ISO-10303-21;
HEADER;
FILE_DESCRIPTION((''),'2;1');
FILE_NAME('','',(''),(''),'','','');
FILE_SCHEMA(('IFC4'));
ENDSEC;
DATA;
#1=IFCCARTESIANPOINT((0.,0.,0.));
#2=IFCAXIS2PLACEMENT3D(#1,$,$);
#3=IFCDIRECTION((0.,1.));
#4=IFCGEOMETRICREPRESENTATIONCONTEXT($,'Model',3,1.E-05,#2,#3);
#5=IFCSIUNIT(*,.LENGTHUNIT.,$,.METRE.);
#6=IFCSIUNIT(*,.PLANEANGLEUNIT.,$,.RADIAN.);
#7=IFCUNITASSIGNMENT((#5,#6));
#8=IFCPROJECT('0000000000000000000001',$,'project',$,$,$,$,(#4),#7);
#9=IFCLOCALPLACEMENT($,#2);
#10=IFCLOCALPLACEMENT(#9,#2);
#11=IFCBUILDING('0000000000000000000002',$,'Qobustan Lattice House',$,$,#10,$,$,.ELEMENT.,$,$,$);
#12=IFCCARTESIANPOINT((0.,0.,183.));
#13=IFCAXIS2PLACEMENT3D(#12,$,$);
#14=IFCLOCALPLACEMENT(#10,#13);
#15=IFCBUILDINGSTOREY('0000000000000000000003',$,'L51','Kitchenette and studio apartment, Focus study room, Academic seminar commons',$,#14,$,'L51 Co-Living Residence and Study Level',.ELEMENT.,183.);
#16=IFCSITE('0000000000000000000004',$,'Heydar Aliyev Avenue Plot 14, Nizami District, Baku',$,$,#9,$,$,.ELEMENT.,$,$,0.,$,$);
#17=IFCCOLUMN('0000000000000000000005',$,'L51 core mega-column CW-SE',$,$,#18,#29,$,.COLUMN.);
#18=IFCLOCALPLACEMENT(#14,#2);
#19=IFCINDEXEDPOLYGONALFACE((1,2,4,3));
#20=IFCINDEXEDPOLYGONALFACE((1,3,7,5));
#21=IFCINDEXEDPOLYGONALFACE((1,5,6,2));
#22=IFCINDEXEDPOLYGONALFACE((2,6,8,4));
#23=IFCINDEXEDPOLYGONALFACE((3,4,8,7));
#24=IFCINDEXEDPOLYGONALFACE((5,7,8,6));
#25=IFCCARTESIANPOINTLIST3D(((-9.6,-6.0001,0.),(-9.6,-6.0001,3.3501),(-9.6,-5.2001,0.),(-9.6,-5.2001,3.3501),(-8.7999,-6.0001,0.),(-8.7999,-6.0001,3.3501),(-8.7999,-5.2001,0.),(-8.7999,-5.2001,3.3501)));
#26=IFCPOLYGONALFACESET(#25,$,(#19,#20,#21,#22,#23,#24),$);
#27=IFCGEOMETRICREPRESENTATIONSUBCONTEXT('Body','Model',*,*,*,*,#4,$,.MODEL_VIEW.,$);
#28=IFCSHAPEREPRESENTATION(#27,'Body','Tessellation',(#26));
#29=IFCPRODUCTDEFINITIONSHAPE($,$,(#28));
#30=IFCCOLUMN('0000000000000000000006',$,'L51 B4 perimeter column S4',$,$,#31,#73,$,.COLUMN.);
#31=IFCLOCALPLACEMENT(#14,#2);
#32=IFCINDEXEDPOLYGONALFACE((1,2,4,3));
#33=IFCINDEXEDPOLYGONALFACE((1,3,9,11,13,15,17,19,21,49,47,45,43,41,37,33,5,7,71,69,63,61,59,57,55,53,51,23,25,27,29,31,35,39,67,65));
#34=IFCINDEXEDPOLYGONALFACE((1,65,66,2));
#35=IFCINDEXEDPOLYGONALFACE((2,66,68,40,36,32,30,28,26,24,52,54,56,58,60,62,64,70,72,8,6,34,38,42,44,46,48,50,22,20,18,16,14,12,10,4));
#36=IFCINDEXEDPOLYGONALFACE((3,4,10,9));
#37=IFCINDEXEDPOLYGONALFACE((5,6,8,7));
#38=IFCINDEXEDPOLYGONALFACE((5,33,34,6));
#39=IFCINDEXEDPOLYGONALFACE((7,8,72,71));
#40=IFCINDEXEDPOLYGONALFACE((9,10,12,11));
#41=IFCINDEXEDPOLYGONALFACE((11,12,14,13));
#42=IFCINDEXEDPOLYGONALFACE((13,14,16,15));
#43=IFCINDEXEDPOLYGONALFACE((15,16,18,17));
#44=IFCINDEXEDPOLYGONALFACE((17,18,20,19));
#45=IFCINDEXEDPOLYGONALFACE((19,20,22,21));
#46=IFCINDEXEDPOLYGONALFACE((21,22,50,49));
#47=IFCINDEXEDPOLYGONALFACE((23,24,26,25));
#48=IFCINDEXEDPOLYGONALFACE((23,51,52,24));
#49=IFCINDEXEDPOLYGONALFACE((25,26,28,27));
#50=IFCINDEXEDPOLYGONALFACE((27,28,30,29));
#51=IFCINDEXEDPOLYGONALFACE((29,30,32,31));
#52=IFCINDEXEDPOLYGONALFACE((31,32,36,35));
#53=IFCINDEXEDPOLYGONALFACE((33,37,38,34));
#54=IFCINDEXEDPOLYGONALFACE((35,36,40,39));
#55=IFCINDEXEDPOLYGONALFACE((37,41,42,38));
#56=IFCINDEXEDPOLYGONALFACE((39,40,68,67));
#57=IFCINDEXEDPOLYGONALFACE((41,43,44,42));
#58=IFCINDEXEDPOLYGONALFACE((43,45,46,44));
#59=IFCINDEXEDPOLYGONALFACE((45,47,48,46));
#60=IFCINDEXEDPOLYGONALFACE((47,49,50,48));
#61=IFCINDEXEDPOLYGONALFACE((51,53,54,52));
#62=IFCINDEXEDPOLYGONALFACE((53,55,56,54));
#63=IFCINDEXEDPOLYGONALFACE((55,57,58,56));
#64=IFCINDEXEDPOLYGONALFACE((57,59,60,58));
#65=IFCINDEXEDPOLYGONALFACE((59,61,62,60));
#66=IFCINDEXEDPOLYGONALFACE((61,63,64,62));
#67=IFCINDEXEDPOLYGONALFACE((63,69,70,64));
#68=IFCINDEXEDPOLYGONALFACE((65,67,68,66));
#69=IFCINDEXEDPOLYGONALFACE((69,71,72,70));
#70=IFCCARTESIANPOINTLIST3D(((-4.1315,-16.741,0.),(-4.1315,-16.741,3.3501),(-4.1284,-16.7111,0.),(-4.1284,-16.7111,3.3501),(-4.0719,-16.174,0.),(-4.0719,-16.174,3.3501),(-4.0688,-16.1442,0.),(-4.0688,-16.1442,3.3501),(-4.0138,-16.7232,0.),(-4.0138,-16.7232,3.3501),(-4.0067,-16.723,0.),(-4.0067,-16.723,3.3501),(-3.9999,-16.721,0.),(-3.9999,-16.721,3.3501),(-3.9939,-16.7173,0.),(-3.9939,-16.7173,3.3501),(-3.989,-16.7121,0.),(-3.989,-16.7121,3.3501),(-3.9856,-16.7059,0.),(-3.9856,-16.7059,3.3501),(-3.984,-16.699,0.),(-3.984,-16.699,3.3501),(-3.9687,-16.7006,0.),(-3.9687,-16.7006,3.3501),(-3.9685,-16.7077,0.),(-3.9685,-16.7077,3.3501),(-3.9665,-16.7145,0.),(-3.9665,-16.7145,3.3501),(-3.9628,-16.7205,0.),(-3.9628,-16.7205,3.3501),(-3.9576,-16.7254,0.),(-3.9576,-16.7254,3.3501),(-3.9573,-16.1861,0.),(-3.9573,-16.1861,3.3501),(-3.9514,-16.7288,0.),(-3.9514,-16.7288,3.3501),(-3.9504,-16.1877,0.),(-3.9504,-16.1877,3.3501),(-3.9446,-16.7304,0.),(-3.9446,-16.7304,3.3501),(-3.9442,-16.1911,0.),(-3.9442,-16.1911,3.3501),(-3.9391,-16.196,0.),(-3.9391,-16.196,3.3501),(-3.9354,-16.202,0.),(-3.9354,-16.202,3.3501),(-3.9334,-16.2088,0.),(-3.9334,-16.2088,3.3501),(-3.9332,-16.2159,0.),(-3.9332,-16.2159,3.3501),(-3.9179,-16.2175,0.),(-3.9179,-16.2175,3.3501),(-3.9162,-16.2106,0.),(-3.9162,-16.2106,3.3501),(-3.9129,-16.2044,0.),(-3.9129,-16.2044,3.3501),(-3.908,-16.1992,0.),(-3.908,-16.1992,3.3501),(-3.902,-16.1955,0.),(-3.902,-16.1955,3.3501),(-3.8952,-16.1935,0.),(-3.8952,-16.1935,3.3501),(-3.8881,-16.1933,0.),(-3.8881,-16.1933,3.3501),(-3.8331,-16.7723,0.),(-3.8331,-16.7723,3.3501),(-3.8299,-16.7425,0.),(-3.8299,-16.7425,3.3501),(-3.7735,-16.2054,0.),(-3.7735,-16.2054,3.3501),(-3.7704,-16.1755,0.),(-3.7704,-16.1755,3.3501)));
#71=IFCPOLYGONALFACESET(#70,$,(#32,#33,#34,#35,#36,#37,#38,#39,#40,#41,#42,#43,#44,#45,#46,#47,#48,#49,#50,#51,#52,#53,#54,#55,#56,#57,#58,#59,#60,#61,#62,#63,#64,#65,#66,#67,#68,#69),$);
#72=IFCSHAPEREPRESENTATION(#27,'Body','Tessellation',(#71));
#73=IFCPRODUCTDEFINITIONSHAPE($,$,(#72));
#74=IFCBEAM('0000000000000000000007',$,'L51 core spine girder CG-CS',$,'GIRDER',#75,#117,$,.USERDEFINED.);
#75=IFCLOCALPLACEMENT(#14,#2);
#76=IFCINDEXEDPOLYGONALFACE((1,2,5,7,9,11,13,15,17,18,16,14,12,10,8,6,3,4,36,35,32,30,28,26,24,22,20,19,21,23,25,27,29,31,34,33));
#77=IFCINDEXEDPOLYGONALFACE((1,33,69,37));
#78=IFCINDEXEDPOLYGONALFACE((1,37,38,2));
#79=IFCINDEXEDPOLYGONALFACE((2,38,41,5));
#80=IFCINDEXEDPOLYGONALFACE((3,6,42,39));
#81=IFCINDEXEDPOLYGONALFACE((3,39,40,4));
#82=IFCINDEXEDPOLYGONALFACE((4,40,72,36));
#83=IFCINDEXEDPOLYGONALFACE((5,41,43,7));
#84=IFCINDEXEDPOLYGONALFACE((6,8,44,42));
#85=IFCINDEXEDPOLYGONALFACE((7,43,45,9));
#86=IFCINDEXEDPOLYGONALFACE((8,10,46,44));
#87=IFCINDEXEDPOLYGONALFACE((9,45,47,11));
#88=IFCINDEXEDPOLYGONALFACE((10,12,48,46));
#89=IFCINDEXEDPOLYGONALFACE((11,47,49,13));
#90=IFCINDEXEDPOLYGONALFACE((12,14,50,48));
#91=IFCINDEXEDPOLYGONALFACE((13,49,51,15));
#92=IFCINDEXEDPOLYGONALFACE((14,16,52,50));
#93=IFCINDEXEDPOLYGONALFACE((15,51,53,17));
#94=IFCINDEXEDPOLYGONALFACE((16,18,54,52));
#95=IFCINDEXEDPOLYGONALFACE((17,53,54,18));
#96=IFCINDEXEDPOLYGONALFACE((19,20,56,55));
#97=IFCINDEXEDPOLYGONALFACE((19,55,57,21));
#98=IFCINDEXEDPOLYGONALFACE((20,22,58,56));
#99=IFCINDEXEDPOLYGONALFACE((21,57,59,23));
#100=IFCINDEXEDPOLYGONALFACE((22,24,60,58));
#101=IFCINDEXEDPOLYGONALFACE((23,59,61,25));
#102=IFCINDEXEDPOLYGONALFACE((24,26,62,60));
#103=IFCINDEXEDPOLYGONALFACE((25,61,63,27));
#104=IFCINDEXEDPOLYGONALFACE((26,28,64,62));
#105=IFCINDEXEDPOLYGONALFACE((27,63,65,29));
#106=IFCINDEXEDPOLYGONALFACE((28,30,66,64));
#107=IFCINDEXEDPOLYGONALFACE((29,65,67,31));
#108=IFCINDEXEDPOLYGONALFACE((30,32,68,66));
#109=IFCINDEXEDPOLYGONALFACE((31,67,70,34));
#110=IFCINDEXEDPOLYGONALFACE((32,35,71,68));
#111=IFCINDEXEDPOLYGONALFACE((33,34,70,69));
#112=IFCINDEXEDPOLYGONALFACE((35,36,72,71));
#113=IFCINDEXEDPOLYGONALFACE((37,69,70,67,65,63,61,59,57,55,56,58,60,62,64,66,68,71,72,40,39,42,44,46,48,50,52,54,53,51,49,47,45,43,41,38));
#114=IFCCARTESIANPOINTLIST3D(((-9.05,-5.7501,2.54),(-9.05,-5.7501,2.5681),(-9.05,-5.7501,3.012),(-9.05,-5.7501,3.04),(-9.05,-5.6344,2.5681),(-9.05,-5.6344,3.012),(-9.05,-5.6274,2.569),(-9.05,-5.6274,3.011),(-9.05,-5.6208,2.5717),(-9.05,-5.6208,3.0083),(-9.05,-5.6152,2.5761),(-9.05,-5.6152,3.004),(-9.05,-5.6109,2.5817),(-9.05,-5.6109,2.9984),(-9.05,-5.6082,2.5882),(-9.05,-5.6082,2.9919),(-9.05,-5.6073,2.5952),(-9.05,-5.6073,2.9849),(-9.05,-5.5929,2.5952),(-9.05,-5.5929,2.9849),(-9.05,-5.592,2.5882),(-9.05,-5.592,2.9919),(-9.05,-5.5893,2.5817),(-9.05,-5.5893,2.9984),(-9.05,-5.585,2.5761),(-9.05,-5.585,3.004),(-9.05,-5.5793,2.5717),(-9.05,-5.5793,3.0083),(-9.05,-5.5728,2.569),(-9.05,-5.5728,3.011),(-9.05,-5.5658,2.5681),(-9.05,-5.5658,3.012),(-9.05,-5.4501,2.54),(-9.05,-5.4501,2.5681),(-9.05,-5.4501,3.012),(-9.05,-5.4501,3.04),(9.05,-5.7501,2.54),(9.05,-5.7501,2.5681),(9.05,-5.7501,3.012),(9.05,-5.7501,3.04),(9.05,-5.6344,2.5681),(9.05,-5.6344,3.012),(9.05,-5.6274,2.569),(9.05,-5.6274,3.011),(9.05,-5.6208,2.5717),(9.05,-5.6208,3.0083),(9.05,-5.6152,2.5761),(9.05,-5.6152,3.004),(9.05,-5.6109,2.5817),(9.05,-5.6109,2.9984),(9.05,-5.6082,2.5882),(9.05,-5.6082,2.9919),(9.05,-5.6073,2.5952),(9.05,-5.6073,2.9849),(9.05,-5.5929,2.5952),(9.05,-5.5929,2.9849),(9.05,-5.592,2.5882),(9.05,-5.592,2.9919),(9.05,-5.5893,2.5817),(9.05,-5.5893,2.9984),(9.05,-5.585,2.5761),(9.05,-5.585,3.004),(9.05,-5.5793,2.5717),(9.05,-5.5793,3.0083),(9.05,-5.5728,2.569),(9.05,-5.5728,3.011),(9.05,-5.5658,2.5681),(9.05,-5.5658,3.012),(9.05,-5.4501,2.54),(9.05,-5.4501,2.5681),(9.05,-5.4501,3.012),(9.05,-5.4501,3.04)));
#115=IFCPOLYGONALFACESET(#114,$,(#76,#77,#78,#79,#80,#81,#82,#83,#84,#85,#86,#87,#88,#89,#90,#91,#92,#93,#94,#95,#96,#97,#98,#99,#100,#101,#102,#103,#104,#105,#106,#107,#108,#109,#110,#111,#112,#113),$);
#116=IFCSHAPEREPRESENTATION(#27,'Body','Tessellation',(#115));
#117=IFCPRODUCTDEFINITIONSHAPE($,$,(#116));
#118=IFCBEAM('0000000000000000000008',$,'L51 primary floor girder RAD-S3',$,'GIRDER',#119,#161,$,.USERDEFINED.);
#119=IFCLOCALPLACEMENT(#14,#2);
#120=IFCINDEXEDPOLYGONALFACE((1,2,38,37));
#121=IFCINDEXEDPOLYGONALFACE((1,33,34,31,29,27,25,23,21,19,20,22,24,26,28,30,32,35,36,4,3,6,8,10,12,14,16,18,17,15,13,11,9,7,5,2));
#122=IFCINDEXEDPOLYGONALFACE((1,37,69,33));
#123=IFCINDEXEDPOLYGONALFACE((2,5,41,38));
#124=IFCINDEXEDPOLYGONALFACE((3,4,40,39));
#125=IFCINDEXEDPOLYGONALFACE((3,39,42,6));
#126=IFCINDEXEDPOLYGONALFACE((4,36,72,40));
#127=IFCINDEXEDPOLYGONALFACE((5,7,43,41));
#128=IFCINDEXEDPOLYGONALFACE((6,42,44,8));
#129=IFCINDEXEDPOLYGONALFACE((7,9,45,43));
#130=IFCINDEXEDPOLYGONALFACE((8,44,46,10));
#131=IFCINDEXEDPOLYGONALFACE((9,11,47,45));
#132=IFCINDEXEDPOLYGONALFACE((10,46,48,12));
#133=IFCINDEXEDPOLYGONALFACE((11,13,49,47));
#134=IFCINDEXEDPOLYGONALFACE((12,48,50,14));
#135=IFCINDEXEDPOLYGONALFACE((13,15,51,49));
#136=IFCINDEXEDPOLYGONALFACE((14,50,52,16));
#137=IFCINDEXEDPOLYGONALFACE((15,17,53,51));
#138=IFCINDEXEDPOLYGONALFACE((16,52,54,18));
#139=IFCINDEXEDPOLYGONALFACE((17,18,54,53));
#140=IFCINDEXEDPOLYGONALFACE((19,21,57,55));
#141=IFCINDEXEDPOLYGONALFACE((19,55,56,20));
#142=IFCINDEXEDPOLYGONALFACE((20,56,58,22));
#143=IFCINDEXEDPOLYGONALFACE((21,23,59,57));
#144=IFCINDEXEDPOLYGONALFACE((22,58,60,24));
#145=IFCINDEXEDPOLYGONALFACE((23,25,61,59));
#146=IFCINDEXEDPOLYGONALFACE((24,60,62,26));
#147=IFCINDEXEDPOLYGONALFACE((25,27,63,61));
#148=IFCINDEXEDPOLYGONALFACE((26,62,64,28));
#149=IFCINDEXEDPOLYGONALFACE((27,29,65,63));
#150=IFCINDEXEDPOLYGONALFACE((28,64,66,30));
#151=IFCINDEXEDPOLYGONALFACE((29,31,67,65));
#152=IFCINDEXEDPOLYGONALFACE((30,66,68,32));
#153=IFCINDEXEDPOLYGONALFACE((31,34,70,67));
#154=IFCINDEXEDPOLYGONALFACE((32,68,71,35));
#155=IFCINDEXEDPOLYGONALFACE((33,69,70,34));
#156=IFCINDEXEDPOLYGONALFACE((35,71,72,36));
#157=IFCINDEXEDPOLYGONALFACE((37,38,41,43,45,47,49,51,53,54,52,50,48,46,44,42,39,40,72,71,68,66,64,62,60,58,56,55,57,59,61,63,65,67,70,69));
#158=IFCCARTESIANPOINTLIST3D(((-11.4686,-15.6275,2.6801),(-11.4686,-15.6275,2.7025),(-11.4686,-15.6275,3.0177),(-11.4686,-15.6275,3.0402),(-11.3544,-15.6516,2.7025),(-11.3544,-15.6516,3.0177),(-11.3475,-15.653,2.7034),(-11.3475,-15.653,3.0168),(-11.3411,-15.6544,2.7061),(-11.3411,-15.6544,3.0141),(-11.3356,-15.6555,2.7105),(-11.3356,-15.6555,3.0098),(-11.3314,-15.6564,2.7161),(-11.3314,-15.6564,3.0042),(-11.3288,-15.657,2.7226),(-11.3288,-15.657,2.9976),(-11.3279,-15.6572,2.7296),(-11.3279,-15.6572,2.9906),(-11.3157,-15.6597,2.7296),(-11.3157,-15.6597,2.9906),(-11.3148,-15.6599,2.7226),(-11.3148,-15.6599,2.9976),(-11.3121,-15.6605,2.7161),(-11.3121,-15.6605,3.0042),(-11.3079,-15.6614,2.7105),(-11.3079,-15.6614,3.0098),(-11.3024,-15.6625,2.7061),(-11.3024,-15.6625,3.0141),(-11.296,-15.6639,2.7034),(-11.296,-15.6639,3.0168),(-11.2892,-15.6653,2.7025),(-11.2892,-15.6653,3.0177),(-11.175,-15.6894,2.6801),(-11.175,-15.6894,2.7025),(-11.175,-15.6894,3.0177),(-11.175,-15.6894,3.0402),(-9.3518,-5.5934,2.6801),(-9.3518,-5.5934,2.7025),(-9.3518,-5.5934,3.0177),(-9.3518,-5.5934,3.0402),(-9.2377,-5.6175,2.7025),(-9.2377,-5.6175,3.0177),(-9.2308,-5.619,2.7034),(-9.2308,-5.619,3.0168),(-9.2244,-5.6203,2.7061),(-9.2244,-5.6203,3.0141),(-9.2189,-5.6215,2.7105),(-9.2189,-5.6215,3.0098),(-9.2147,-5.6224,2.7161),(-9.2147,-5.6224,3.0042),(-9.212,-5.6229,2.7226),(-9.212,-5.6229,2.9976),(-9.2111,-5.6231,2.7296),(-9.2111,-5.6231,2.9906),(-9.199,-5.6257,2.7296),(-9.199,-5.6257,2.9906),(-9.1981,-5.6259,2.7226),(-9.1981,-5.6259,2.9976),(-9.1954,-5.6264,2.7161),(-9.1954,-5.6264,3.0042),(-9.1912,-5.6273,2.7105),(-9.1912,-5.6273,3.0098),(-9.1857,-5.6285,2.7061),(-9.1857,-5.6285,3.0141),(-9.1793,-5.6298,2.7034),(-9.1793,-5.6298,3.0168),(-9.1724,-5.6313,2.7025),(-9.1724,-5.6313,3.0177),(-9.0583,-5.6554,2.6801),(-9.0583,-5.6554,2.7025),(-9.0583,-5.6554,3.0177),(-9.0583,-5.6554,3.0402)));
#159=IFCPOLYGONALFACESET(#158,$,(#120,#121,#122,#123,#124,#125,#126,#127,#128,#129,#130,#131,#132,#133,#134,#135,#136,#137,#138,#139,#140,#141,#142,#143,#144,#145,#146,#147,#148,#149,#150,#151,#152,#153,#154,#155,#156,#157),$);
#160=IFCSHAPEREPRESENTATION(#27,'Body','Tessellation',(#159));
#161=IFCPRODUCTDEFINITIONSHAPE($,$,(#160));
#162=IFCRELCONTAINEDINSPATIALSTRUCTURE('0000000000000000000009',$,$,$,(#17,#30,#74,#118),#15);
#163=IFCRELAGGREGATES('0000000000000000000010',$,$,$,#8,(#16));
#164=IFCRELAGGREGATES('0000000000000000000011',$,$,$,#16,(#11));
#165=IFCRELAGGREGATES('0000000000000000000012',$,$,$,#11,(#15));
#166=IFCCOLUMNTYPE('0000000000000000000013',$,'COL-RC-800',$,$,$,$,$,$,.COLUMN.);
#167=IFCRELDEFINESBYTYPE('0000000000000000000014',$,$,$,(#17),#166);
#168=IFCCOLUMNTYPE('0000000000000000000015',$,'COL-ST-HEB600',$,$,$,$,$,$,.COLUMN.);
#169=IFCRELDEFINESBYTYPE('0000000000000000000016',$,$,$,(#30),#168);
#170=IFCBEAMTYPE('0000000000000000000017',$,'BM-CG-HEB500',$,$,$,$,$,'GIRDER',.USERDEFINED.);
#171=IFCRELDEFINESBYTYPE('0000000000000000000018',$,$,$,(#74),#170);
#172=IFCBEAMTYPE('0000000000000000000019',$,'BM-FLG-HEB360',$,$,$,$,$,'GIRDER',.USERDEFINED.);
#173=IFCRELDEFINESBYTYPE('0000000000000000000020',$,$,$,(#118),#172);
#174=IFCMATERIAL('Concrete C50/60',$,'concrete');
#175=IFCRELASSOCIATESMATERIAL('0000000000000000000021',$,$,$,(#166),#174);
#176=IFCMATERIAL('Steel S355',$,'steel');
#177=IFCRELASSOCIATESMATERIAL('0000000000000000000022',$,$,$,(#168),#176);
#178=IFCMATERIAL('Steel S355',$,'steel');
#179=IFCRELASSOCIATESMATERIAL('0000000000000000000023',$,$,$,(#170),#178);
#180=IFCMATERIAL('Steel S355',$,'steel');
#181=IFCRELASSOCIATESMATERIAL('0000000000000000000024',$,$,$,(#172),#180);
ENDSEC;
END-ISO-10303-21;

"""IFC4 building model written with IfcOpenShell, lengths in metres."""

from ifc_helpers import new_model, si_unit, direction, frame, origin, origin_2d, place, context, subcontext, project, spatial, rectangle, i_section, extrude, material, material_profile, profile_set, type_object, element, save


model = new_model("IFC4")

# Units and contexts
model_context = context("Model", 3, precision=1e-05, world=origin(), true_north=direction((0.0, 1.0)))
body_context = subcontext(model_context, "Body", "Model", "MODEL_VIEW")
ifc_project = project(units=[si_unit("LENGTHUNIT", "METRE"), si_unit("PLANEANGLEUNIT", "RADIAN")], contexts=[model_context])

# Site, building, storey
site_placement = place(None, origin())
site = spatial("IfcSite", under=ifc_project, at=site_placement, Name="Heydar Aliyev Avenue Plot 14, Nizami District, Baku", CompositionType="ELEMENT", RefElevation=0.0)
building_placement = place(site_placement, origin())
building = spatial("IfcBuilding", under=site, at=building_placement, Name="Qobustan Lattice House", CompositionType="ELEMENT")
storey_placement = place(building_placement, frame((0.0, 0.0, 183.0)))
storey = spatial("IfcBuildingStorey", under=building, at=storey_placement, Name="L51", Description="Kitchenette and studio apartment, Focus study room, Academic seminar commons", LongName="L51 Co-Living Residence and Study Level", CompositionType="ELEMENT", Elevation=183.0)

# Columns
ifc_material_1 = material(Name="Concrete C50/60", Category="concrete")
ifc_material_profile_1 = material_profile(ifc_material_1, rectangle(XDim=0.8, YDim=0.8, at=origin_2d()), Name="RC800x800")
ifc_profile_set_1 = profile_set([ifc_material_profile_1], Name="Concrete C50/60")
column_type_1 = type_object("IfcColumnType", Name="COL-RC-800", PredefinedType="COLUMN", material=ifc_profile_set_1)
column_1_placement = place(storey_placement, frame((-9.2, -5.6001, 0.0), z_axis=(0.0, 0.0, 1.0), x_axis=(1.0, 0.0, 0.0)))
element("IfcColumn", 1, at=column_1_placement, inside=storey, type_object=column_type_1, Name="L51 core mega-column CW-SE", PredefinedType="COLUMN", context=body_context, shape_type="SweptSolid", body=[
    extrude(rectangle(XDim=0.8, YDim=0.8, at=origin_2d()), origin(), (0.0, 0.0, 1.0), 3.3501),
])
ifc_material_2 = material(Name="Steel S355", Category="steel")
ifc_material_profile_2 = material_profile(ifc_material_2, i_section(OverallWidth=0.3, OverallDepth=0.6001, WebThickness=0.0154, FlangeThickness=0.03, FilletRadius=0.0271, at=origin_2d()), Name="HEB600")
ifc_profile_set_2 = profile_set([ifc_material_profile_2], Name="Steel S355")
column_type_2 = type_object("IfcColumnType", Name="COL-ST-HEB600", PredefinedType="COLUMN", material=ifc_profile_set_2)
column_2_placement = place(storey_placement, frame((-3.9509, -16.4583, 0.0), z_axis=(0.0, 0.0, 1.0), x_axis=(0.994522, -0.104528, 0.0)))
element("IfcColumn", 2, at=column_2_placement, inside=storey, type_object=column_type_2, Name="L51 B4 perimeter column S4", PredefinedType="COLUMN", context=body_context, shape_type="SweptSolid", body=[
    extrude(i_section(OverallWidth=0.3, OverallDepth=0.6001, WebThickness=0.0154, FlangeThickness=0.03, FilletRadius=0.0271, at=origin_2d()), origin(), (0.0, 0.0, 1.0), 3.3501),
])

# Beams
ifc_material_3 = material(Name="Steel S355", Category="steel")
ifc_material_profile_3 = material_profile(ifc_material_3, i_section(OverallWidth=0.3, OverallDepth=0.5, WebThickness=0.0144, FlangeThickness=0.0281, FilletRadius=0.0271, at=origin_2d()), Name="HEB500")
ifc_profile_set_3 = profile_set([ifc_material_profile_3], Name="Steel S355")
beam_type_1 = type_object("IfcBeamType", Name="BM-CG-HEB500", ElementType="GIRDER", PredefinedType="USERDEFINED", material=ifc_profile_set_3)
beam_1_placement = place(storey_placement, frame((-9.05, -5.6001, 2.79), z_axis=(1.0, 0.0, 0.0), x_axis=(0.0, 1.0, 0.0)))
element("IfcBeam", 3, at=beam_1_placement, inside=storey, type_object=beam_type_1, Name="L51 core spine girder CG-CS", ObjectType="GIRDER", PredefinedType="USERDEFINED", context=body_context, shape_type="SweptSolid", body=[
    extrude(i_section(OverallWidth=0.3, OverallDepth=0.5, WebThickness=0.0144, FlangeThickness=0.0281, FilletRadius=0.0271, at=origin_2d()), origin(), (0.0, 0.0, 1.0), 18.1001),
])
ifc_material_4 = material(Name="Steel S355", Category="steel")
ifc_material_profile_4 = material_profile(ifc_material_4, i_section(OverallWidth=0.3, OverallDepth=0.3601, WebThickness=0.0125, FlangeThickness=0.0225, FilletRadius=0.0271, at=origin_2d()), Name="HEB360")
ifc_profile_set_4 = profile_set([ifc_material_profile_4], Name="Steel S355")
beam_type_2 = type_object("IfcBeamType", Name="BM-FLG-HEB360", ElementType="GIRDER", PredefinedType="USERDEFINED", material=ifc_profile_set_4)
beam_2_placement = place(storey_placement, frame((-11.3218, -15.6584, 2.8601), z_axis=(0.206411, 0.978465, 0.0), x_axis=(-0.978465, 0.206411, 0.0)))
element("IfcBeam", 4, at=beam_2_placement, inside=storey, type_object=beam_type_2, Name="L51 primary floor girder RAD-S3", ObjectType="GIRDER", PredefinedType="USERDEFINED", context=body_context, shape_type="SweptSolid", body=[
    extrude(i_section(OverallWidth=0.3, OverallDepth=0.3601, WebThickness=0.0125, FlangeThickness=0.0225, FilletRadius=0.0271, at=origin_2d()), origin(), (0.0, 0.0, 1.0), 10.2549),
])

save(model, "model.ifc")
